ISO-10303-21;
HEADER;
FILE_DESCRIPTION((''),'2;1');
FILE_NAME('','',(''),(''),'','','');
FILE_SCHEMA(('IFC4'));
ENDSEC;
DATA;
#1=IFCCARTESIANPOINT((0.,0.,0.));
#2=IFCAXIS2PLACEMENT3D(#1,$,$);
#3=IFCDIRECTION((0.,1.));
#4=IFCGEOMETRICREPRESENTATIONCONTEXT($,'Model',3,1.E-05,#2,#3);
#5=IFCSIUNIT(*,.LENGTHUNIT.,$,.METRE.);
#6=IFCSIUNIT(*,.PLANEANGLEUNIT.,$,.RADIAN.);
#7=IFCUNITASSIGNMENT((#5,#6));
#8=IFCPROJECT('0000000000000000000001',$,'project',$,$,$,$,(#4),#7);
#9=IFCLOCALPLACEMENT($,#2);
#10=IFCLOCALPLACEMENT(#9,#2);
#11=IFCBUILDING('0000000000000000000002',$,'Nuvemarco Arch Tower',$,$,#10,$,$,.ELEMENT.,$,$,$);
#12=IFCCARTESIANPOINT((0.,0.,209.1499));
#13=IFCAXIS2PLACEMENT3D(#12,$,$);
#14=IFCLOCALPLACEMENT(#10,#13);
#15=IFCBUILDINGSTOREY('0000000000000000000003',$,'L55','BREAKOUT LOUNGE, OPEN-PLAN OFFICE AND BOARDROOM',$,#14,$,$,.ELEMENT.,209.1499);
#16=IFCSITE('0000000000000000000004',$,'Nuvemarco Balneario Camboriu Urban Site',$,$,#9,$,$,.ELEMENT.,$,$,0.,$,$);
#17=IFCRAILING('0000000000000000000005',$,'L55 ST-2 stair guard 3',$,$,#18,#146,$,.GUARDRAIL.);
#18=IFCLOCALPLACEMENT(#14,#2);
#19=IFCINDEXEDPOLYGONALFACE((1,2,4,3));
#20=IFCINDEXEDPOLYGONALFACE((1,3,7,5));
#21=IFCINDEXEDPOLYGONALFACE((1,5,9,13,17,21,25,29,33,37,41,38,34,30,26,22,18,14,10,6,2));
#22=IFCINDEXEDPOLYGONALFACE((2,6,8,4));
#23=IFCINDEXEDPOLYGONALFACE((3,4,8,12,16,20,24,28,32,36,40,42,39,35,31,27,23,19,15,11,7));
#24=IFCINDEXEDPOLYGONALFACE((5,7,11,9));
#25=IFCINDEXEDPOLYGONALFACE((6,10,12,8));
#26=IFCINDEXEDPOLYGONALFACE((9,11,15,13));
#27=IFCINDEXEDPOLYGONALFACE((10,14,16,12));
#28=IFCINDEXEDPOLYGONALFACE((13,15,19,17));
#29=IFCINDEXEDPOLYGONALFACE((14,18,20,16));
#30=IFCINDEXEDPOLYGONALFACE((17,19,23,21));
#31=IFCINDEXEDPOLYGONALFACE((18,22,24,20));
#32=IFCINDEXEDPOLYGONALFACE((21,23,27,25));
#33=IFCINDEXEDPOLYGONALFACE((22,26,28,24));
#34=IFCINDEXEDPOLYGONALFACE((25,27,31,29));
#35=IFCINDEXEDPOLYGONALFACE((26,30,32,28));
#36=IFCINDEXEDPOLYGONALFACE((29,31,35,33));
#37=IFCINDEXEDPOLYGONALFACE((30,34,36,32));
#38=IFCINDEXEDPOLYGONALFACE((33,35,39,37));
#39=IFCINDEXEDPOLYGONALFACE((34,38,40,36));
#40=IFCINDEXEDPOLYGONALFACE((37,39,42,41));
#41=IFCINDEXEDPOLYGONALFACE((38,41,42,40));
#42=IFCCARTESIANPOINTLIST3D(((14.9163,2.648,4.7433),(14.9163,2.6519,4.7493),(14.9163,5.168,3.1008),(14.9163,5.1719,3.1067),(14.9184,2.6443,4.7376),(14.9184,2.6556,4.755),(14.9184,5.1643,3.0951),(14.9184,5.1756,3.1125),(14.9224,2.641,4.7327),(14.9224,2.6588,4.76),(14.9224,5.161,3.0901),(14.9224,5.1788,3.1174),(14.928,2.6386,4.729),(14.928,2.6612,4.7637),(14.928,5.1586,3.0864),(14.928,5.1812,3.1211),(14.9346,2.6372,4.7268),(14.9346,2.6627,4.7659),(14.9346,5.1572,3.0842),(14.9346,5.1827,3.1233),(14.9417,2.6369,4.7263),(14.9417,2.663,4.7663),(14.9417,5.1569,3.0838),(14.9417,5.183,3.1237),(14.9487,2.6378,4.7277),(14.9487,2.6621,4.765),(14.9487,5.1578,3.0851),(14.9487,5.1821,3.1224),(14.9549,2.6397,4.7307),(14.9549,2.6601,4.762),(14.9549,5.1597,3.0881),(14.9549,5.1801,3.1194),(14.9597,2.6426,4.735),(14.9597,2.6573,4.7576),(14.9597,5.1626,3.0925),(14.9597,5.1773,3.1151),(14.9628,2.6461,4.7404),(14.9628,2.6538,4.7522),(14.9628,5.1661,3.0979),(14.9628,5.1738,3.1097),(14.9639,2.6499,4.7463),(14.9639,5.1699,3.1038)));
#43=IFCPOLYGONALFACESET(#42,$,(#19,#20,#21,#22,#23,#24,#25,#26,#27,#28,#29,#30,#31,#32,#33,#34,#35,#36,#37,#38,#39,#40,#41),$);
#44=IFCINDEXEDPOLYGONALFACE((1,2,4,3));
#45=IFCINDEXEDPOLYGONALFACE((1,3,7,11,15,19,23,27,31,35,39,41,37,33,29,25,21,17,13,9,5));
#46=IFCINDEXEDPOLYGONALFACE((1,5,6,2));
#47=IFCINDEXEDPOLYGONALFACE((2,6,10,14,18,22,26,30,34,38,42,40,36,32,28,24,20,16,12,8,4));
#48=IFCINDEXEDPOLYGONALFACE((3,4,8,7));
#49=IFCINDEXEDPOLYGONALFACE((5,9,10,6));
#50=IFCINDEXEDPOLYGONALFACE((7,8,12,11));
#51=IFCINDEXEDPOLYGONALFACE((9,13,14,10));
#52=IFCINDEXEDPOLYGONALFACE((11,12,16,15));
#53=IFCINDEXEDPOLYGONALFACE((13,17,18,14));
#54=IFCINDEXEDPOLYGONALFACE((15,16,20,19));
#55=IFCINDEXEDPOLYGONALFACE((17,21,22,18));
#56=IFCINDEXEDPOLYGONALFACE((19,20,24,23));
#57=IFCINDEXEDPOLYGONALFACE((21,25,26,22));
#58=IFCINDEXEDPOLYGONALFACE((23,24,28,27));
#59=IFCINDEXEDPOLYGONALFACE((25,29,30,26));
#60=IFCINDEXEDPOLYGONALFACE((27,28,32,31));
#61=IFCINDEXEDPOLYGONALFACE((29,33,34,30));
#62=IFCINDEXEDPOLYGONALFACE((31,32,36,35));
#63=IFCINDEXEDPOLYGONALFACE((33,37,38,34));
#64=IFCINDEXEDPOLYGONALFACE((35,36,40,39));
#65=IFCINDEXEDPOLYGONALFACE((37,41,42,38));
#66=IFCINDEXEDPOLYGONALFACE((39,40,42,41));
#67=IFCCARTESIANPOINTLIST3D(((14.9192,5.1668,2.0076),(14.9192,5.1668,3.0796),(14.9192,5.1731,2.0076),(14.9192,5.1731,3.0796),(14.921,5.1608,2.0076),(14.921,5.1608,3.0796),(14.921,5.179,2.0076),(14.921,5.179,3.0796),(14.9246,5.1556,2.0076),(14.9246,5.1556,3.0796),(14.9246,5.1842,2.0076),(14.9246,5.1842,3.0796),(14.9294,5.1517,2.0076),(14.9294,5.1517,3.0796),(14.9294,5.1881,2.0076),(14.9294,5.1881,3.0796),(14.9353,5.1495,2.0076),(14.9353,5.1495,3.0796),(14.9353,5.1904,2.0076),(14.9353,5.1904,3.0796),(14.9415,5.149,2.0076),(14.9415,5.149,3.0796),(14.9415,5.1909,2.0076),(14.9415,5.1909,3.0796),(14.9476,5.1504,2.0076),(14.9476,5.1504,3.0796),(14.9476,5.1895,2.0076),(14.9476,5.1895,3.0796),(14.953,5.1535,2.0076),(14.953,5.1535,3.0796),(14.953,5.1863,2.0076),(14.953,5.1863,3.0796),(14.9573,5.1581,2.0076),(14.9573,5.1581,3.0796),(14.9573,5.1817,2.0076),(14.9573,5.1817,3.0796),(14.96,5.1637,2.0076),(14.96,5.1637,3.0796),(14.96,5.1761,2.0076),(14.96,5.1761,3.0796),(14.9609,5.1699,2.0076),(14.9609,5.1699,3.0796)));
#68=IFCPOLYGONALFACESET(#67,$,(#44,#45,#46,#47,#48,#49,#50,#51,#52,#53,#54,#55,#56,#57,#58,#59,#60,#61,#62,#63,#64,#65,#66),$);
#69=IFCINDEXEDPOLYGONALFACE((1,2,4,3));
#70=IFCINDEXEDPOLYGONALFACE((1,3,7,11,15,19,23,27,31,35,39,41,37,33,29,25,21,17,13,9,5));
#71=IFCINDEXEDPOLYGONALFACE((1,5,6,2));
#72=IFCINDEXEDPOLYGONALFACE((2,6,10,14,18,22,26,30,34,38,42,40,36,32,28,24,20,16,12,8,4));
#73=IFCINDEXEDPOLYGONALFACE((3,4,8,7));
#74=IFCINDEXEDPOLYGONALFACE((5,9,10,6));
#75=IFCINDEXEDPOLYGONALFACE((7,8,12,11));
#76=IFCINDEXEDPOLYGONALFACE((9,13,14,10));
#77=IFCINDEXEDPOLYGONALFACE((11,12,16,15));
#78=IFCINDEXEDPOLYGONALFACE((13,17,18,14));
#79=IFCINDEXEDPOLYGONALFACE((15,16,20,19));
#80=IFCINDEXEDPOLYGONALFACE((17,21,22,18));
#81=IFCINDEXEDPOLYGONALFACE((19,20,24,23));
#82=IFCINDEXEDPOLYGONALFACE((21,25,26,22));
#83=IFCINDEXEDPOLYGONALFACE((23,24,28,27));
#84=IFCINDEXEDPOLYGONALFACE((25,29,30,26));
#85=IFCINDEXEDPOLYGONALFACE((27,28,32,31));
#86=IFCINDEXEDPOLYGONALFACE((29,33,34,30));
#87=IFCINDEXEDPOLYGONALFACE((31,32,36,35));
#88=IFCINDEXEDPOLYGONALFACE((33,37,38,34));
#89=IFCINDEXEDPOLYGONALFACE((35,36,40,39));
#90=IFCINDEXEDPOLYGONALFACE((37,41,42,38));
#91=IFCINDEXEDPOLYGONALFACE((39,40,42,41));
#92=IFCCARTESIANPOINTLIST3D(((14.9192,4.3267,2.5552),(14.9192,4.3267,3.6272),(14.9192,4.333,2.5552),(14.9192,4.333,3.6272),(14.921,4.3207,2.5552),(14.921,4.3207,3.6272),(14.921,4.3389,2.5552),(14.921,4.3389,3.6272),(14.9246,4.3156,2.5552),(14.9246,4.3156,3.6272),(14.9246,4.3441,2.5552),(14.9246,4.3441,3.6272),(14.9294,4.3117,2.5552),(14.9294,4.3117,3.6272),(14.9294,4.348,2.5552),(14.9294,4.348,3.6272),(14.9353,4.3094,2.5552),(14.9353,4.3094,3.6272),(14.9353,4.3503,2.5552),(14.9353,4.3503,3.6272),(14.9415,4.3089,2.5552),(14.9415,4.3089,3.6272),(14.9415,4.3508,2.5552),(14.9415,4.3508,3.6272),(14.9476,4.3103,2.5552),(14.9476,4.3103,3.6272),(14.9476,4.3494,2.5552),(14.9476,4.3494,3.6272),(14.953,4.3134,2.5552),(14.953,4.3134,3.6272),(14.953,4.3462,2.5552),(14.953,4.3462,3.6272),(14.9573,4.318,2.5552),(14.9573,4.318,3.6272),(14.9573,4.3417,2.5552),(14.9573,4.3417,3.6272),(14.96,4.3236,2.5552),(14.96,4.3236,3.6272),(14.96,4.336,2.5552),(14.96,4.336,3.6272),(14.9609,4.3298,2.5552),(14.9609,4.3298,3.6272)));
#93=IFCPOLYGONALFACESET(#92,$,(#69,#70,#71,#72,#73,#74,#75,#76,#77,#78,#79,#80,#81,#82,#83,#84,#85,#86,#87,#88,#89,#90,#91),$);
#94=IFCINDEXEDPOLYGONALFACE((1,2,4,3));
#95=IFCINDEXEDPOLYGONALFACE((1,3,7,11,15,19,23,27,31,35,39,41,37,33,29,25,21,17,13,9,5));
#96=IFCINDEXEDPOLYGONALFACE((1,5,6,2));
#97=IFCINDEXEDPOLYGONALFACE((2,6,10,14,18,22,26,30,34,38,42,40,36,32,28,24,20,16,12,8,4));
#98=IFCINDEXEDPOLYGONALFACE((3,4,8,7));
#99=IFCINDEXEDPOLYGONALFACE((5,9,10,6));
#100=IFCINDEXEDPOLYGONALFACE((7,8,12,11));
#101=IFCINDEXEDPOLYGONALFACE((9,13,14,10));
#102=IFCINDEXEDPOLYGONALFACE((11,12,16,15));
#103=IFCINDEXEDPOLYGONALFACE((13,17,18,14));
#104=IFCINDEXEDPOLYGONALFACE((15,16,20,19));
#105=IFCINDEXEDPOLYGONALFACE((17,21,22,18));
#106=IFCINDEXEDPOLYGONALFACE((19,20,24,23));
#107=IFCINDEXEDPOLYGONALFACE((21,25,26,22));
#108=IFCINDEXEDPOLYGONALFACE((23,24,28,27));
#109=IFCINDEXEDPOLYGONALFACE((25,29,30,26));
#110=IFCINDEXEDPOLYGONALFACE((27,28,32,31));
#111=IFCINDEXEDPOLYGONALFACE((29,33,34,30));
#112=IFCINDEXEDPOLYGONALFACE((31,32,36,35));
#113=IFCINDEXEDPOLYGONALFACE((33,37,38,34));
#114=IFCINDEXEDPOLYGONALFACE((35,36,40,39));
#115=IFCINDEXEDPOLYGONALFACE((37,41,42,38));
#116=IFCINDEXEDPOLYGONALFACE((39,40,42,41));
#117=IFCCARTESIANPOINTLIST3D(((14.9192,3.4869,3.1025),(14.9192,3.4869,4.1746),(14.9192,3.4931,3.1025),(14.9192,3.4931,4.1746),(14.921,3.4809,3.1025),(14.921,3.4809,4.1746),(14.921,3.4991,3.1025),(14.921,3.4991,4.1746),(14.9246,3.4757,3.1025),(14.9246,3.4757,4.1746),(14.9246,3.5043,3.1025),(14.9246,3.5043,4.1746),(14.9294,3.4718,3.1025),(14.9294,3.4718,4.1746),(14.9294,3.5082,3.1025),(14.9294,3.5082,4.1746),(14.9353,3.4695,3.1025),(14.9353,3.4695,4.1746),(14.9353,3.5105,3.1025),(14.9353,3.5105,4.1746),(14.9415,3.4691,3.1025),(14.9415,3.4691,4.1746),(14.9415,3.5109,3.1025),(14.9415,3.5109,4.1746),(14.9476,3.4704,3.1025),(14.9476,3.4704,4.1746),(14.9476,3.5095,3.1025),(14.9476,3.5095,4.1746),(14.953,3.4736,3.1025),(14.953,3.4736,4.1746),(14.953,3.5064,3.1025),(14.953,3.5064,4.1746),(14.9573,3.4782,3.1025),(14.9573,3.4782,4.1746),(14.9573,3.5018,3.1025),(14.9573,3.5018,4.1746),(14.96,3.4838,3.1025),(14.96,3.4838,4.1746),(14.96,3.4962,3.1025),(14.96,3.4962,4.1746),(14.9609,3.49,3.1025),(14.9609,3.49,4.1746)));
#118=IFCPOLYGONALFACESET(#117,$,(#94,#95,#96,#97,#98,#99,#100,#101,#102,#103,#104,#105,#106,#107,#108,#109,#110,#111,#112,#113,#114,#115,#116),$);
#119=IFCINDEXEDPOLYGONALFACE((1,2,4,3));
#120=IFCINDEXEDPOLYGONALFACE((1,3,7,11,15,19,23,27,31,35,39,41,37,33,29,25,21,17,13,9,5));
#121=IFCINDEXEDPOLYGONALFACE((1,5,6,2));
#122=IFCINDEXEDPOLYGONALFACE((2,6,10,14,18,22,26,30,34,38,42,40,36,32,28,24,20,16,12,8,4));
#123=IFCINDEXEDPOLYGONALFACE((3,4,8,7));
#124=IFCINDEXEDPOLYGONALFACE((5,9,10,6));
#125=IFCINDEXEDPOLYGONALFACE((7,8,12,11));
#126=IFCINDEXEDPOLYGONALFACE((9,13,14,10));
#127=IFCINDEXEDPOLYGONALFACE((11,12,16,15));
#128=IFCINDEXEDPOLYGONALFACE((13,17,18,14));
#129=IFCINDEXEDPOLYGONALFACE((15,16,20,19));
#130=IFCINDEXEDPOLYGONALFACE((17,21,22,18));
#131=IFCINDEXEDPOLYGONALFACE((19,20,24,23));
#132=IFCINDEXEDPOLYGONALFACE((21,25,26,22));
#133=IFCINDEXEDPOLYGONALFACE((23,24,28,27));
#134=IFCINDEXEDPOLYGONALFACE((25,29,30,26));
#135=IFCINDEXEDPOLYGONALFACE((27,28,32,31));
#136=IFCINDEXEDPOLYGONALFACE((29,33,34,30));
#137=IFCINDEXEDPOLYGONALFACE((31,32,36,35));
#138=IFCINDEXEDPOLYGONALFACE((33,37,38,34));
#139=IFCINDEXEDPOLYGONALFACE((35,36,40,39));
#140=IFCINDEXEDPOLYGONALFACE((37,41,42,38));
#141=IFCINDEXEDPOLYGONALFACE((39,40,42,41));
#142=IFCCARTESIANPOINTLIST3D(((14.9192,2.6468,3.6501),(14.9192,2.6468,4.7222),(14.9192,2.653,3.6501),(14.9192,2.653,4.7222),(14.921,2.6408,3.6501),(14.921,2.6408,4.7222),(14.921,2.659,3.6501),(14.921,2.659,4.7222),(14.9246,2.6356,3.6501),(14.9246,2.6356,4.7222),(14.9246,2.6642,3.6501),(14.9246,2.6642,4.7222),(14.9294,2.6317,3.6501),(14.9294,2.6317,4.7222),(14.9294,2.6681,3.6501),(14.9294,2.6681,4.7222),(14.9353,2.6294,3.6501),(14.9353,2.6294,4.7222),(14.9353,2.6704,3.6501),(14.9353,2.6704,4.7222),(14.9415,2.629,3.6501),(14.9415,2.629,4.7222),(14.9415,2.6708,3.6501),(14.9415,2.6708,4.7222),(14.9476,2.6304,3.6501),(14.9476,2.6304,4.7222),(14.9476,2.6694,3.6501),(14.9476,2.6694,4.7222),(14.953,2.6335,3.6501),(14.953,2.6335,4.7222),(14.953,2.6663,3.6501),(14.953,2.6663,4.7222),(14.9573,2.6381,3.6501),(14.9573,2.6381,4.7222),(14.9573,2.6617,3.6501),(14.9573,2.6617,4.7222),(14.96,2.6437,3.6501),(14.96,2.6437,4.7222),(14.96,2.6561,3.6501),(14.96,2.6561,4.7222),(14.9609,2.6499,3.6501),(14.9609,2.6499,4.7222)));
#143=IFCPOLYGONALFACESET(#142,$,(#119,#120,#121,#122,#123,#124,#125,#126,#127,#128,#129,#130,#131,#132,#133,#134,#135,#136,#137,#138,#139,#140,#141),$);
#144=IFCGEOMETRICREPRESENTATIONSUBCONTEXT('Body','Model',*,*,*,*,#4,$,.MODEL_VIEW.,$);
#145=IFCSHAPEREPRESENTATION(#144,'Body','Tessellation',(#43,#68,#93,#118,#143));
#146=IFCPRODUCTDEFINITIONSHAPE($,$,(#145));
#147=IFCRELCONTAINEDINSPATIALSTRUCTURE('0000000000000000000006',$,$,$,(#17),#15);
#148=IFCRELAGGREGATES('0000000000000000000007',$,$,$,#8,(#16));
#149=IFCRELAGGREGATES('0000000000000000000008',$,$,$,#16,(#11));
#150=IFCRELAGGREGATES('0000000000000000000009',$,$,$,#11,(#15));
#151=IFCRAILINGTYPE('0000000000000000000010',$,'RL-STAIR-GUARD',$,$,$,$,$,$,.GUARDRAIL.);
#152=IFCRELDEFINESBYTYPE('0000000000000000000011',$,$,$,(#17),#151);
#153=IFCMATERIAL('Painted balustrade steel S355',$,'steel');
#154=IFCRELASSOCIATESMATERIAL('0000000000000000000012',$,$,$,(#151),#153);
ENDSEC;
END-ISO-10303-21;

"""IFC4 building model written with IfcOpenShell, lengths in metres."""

from ifc_helpers import new_model, si_unit, direction, frame, origin, origin_2d, place, context, subcontext, project, spatial, circle, extrude, material, type_object, element, save


model = new_model("IFC4")

# Units and contexts
model_context = context("Model", 3, precision=1e-05, world=origin(), true_north=direction((0.0, 1.0)))
body_context = subcontext(model_context, "Body", "Model", "MODEL_VIEW")
ifc_project = project(units=[si_unit("LENGTHUNIT", "METRE"), si_unit("PLANEANGLEUNIT", "RADIAN")], contexts=[model_context])

# Site, building, storey
site_placement = place(None, origin())
site = spatial("IfcSite", under=ifc_project, at=site_placement, Name="Nuvemarco Balneario Camboriu Urban Site", CompositionType="ELEMENT", RefElevation=0.0)
building_placement = place(site_placement, origin())
building = spatial("IfcBuilding", under=site, at=building_placement, Name="Nuvemarco Arch Tower", CompositionType="ELEMENT")
storey_placement = place(building_placement, frame((0.0, 0.0, 209.1499)))
storey = spatial("IfcBuildingStorey", under=building, at=storey_placement, Name="L55", Description="BREAKOUT LOUNGE, OPEN-PLAN OFFICE AND BOARDROOM", CompositionType="ELEMENT", Elevation=209.1499)

# Railing
ifc_material_1 = material(Name="Painted balustrade steel S355", Category="steel")
railing_type_1 = type_object("IfcRailingType", Name="RL-STAIR-GUARD", PredefinedType="GUARDRAIL", material=ifc_material_1)
railing_1_placement = place(storey_placement, frame((14.9399, 5.1699, 2.0076)))
element("IfcRailing", 1, at=railing_1_placement, inside=storey, type_object=railing_type_1, Name="L55 ST-2 stair guard 3", PredefinedType="GUARDRAIL", context=body_context, shape_type="SweptSolid", body=[
    extrude(circle(Radius=0.0239, at=origin_2d()), frame((0.0, 0.0, 1.0962), z_axis=(0.0, -0.837749, 0.546055), x_axis=(1.0, 0.0, 0.0)), (0.0, 0.0, 1.0), 3.0081),
    extrude(circle(Radius=0.021, at=origin_2d()), origin(), (0.0, 0.0, 1.0), 1.072),
    extrude(circle(Radius=0.021, at=origin_2d()), frame((0.0, -0.8401, 0.5476)), (0.0, 0.0, 1.0), 1.072),
    extrude(circle(Radius=0.021, at=origin_2d()), frame((0.0, -1.6799, 1.095)), (0.0, 0.0, 1.0), 1.072),
    extrude(circle(Radius=0.021, at=origin_2d()), frame((0.0, -2.52, 1.6426)), (0.0, 0.0, 1.0), 1.072),
])

save(model, "model.ifc")
